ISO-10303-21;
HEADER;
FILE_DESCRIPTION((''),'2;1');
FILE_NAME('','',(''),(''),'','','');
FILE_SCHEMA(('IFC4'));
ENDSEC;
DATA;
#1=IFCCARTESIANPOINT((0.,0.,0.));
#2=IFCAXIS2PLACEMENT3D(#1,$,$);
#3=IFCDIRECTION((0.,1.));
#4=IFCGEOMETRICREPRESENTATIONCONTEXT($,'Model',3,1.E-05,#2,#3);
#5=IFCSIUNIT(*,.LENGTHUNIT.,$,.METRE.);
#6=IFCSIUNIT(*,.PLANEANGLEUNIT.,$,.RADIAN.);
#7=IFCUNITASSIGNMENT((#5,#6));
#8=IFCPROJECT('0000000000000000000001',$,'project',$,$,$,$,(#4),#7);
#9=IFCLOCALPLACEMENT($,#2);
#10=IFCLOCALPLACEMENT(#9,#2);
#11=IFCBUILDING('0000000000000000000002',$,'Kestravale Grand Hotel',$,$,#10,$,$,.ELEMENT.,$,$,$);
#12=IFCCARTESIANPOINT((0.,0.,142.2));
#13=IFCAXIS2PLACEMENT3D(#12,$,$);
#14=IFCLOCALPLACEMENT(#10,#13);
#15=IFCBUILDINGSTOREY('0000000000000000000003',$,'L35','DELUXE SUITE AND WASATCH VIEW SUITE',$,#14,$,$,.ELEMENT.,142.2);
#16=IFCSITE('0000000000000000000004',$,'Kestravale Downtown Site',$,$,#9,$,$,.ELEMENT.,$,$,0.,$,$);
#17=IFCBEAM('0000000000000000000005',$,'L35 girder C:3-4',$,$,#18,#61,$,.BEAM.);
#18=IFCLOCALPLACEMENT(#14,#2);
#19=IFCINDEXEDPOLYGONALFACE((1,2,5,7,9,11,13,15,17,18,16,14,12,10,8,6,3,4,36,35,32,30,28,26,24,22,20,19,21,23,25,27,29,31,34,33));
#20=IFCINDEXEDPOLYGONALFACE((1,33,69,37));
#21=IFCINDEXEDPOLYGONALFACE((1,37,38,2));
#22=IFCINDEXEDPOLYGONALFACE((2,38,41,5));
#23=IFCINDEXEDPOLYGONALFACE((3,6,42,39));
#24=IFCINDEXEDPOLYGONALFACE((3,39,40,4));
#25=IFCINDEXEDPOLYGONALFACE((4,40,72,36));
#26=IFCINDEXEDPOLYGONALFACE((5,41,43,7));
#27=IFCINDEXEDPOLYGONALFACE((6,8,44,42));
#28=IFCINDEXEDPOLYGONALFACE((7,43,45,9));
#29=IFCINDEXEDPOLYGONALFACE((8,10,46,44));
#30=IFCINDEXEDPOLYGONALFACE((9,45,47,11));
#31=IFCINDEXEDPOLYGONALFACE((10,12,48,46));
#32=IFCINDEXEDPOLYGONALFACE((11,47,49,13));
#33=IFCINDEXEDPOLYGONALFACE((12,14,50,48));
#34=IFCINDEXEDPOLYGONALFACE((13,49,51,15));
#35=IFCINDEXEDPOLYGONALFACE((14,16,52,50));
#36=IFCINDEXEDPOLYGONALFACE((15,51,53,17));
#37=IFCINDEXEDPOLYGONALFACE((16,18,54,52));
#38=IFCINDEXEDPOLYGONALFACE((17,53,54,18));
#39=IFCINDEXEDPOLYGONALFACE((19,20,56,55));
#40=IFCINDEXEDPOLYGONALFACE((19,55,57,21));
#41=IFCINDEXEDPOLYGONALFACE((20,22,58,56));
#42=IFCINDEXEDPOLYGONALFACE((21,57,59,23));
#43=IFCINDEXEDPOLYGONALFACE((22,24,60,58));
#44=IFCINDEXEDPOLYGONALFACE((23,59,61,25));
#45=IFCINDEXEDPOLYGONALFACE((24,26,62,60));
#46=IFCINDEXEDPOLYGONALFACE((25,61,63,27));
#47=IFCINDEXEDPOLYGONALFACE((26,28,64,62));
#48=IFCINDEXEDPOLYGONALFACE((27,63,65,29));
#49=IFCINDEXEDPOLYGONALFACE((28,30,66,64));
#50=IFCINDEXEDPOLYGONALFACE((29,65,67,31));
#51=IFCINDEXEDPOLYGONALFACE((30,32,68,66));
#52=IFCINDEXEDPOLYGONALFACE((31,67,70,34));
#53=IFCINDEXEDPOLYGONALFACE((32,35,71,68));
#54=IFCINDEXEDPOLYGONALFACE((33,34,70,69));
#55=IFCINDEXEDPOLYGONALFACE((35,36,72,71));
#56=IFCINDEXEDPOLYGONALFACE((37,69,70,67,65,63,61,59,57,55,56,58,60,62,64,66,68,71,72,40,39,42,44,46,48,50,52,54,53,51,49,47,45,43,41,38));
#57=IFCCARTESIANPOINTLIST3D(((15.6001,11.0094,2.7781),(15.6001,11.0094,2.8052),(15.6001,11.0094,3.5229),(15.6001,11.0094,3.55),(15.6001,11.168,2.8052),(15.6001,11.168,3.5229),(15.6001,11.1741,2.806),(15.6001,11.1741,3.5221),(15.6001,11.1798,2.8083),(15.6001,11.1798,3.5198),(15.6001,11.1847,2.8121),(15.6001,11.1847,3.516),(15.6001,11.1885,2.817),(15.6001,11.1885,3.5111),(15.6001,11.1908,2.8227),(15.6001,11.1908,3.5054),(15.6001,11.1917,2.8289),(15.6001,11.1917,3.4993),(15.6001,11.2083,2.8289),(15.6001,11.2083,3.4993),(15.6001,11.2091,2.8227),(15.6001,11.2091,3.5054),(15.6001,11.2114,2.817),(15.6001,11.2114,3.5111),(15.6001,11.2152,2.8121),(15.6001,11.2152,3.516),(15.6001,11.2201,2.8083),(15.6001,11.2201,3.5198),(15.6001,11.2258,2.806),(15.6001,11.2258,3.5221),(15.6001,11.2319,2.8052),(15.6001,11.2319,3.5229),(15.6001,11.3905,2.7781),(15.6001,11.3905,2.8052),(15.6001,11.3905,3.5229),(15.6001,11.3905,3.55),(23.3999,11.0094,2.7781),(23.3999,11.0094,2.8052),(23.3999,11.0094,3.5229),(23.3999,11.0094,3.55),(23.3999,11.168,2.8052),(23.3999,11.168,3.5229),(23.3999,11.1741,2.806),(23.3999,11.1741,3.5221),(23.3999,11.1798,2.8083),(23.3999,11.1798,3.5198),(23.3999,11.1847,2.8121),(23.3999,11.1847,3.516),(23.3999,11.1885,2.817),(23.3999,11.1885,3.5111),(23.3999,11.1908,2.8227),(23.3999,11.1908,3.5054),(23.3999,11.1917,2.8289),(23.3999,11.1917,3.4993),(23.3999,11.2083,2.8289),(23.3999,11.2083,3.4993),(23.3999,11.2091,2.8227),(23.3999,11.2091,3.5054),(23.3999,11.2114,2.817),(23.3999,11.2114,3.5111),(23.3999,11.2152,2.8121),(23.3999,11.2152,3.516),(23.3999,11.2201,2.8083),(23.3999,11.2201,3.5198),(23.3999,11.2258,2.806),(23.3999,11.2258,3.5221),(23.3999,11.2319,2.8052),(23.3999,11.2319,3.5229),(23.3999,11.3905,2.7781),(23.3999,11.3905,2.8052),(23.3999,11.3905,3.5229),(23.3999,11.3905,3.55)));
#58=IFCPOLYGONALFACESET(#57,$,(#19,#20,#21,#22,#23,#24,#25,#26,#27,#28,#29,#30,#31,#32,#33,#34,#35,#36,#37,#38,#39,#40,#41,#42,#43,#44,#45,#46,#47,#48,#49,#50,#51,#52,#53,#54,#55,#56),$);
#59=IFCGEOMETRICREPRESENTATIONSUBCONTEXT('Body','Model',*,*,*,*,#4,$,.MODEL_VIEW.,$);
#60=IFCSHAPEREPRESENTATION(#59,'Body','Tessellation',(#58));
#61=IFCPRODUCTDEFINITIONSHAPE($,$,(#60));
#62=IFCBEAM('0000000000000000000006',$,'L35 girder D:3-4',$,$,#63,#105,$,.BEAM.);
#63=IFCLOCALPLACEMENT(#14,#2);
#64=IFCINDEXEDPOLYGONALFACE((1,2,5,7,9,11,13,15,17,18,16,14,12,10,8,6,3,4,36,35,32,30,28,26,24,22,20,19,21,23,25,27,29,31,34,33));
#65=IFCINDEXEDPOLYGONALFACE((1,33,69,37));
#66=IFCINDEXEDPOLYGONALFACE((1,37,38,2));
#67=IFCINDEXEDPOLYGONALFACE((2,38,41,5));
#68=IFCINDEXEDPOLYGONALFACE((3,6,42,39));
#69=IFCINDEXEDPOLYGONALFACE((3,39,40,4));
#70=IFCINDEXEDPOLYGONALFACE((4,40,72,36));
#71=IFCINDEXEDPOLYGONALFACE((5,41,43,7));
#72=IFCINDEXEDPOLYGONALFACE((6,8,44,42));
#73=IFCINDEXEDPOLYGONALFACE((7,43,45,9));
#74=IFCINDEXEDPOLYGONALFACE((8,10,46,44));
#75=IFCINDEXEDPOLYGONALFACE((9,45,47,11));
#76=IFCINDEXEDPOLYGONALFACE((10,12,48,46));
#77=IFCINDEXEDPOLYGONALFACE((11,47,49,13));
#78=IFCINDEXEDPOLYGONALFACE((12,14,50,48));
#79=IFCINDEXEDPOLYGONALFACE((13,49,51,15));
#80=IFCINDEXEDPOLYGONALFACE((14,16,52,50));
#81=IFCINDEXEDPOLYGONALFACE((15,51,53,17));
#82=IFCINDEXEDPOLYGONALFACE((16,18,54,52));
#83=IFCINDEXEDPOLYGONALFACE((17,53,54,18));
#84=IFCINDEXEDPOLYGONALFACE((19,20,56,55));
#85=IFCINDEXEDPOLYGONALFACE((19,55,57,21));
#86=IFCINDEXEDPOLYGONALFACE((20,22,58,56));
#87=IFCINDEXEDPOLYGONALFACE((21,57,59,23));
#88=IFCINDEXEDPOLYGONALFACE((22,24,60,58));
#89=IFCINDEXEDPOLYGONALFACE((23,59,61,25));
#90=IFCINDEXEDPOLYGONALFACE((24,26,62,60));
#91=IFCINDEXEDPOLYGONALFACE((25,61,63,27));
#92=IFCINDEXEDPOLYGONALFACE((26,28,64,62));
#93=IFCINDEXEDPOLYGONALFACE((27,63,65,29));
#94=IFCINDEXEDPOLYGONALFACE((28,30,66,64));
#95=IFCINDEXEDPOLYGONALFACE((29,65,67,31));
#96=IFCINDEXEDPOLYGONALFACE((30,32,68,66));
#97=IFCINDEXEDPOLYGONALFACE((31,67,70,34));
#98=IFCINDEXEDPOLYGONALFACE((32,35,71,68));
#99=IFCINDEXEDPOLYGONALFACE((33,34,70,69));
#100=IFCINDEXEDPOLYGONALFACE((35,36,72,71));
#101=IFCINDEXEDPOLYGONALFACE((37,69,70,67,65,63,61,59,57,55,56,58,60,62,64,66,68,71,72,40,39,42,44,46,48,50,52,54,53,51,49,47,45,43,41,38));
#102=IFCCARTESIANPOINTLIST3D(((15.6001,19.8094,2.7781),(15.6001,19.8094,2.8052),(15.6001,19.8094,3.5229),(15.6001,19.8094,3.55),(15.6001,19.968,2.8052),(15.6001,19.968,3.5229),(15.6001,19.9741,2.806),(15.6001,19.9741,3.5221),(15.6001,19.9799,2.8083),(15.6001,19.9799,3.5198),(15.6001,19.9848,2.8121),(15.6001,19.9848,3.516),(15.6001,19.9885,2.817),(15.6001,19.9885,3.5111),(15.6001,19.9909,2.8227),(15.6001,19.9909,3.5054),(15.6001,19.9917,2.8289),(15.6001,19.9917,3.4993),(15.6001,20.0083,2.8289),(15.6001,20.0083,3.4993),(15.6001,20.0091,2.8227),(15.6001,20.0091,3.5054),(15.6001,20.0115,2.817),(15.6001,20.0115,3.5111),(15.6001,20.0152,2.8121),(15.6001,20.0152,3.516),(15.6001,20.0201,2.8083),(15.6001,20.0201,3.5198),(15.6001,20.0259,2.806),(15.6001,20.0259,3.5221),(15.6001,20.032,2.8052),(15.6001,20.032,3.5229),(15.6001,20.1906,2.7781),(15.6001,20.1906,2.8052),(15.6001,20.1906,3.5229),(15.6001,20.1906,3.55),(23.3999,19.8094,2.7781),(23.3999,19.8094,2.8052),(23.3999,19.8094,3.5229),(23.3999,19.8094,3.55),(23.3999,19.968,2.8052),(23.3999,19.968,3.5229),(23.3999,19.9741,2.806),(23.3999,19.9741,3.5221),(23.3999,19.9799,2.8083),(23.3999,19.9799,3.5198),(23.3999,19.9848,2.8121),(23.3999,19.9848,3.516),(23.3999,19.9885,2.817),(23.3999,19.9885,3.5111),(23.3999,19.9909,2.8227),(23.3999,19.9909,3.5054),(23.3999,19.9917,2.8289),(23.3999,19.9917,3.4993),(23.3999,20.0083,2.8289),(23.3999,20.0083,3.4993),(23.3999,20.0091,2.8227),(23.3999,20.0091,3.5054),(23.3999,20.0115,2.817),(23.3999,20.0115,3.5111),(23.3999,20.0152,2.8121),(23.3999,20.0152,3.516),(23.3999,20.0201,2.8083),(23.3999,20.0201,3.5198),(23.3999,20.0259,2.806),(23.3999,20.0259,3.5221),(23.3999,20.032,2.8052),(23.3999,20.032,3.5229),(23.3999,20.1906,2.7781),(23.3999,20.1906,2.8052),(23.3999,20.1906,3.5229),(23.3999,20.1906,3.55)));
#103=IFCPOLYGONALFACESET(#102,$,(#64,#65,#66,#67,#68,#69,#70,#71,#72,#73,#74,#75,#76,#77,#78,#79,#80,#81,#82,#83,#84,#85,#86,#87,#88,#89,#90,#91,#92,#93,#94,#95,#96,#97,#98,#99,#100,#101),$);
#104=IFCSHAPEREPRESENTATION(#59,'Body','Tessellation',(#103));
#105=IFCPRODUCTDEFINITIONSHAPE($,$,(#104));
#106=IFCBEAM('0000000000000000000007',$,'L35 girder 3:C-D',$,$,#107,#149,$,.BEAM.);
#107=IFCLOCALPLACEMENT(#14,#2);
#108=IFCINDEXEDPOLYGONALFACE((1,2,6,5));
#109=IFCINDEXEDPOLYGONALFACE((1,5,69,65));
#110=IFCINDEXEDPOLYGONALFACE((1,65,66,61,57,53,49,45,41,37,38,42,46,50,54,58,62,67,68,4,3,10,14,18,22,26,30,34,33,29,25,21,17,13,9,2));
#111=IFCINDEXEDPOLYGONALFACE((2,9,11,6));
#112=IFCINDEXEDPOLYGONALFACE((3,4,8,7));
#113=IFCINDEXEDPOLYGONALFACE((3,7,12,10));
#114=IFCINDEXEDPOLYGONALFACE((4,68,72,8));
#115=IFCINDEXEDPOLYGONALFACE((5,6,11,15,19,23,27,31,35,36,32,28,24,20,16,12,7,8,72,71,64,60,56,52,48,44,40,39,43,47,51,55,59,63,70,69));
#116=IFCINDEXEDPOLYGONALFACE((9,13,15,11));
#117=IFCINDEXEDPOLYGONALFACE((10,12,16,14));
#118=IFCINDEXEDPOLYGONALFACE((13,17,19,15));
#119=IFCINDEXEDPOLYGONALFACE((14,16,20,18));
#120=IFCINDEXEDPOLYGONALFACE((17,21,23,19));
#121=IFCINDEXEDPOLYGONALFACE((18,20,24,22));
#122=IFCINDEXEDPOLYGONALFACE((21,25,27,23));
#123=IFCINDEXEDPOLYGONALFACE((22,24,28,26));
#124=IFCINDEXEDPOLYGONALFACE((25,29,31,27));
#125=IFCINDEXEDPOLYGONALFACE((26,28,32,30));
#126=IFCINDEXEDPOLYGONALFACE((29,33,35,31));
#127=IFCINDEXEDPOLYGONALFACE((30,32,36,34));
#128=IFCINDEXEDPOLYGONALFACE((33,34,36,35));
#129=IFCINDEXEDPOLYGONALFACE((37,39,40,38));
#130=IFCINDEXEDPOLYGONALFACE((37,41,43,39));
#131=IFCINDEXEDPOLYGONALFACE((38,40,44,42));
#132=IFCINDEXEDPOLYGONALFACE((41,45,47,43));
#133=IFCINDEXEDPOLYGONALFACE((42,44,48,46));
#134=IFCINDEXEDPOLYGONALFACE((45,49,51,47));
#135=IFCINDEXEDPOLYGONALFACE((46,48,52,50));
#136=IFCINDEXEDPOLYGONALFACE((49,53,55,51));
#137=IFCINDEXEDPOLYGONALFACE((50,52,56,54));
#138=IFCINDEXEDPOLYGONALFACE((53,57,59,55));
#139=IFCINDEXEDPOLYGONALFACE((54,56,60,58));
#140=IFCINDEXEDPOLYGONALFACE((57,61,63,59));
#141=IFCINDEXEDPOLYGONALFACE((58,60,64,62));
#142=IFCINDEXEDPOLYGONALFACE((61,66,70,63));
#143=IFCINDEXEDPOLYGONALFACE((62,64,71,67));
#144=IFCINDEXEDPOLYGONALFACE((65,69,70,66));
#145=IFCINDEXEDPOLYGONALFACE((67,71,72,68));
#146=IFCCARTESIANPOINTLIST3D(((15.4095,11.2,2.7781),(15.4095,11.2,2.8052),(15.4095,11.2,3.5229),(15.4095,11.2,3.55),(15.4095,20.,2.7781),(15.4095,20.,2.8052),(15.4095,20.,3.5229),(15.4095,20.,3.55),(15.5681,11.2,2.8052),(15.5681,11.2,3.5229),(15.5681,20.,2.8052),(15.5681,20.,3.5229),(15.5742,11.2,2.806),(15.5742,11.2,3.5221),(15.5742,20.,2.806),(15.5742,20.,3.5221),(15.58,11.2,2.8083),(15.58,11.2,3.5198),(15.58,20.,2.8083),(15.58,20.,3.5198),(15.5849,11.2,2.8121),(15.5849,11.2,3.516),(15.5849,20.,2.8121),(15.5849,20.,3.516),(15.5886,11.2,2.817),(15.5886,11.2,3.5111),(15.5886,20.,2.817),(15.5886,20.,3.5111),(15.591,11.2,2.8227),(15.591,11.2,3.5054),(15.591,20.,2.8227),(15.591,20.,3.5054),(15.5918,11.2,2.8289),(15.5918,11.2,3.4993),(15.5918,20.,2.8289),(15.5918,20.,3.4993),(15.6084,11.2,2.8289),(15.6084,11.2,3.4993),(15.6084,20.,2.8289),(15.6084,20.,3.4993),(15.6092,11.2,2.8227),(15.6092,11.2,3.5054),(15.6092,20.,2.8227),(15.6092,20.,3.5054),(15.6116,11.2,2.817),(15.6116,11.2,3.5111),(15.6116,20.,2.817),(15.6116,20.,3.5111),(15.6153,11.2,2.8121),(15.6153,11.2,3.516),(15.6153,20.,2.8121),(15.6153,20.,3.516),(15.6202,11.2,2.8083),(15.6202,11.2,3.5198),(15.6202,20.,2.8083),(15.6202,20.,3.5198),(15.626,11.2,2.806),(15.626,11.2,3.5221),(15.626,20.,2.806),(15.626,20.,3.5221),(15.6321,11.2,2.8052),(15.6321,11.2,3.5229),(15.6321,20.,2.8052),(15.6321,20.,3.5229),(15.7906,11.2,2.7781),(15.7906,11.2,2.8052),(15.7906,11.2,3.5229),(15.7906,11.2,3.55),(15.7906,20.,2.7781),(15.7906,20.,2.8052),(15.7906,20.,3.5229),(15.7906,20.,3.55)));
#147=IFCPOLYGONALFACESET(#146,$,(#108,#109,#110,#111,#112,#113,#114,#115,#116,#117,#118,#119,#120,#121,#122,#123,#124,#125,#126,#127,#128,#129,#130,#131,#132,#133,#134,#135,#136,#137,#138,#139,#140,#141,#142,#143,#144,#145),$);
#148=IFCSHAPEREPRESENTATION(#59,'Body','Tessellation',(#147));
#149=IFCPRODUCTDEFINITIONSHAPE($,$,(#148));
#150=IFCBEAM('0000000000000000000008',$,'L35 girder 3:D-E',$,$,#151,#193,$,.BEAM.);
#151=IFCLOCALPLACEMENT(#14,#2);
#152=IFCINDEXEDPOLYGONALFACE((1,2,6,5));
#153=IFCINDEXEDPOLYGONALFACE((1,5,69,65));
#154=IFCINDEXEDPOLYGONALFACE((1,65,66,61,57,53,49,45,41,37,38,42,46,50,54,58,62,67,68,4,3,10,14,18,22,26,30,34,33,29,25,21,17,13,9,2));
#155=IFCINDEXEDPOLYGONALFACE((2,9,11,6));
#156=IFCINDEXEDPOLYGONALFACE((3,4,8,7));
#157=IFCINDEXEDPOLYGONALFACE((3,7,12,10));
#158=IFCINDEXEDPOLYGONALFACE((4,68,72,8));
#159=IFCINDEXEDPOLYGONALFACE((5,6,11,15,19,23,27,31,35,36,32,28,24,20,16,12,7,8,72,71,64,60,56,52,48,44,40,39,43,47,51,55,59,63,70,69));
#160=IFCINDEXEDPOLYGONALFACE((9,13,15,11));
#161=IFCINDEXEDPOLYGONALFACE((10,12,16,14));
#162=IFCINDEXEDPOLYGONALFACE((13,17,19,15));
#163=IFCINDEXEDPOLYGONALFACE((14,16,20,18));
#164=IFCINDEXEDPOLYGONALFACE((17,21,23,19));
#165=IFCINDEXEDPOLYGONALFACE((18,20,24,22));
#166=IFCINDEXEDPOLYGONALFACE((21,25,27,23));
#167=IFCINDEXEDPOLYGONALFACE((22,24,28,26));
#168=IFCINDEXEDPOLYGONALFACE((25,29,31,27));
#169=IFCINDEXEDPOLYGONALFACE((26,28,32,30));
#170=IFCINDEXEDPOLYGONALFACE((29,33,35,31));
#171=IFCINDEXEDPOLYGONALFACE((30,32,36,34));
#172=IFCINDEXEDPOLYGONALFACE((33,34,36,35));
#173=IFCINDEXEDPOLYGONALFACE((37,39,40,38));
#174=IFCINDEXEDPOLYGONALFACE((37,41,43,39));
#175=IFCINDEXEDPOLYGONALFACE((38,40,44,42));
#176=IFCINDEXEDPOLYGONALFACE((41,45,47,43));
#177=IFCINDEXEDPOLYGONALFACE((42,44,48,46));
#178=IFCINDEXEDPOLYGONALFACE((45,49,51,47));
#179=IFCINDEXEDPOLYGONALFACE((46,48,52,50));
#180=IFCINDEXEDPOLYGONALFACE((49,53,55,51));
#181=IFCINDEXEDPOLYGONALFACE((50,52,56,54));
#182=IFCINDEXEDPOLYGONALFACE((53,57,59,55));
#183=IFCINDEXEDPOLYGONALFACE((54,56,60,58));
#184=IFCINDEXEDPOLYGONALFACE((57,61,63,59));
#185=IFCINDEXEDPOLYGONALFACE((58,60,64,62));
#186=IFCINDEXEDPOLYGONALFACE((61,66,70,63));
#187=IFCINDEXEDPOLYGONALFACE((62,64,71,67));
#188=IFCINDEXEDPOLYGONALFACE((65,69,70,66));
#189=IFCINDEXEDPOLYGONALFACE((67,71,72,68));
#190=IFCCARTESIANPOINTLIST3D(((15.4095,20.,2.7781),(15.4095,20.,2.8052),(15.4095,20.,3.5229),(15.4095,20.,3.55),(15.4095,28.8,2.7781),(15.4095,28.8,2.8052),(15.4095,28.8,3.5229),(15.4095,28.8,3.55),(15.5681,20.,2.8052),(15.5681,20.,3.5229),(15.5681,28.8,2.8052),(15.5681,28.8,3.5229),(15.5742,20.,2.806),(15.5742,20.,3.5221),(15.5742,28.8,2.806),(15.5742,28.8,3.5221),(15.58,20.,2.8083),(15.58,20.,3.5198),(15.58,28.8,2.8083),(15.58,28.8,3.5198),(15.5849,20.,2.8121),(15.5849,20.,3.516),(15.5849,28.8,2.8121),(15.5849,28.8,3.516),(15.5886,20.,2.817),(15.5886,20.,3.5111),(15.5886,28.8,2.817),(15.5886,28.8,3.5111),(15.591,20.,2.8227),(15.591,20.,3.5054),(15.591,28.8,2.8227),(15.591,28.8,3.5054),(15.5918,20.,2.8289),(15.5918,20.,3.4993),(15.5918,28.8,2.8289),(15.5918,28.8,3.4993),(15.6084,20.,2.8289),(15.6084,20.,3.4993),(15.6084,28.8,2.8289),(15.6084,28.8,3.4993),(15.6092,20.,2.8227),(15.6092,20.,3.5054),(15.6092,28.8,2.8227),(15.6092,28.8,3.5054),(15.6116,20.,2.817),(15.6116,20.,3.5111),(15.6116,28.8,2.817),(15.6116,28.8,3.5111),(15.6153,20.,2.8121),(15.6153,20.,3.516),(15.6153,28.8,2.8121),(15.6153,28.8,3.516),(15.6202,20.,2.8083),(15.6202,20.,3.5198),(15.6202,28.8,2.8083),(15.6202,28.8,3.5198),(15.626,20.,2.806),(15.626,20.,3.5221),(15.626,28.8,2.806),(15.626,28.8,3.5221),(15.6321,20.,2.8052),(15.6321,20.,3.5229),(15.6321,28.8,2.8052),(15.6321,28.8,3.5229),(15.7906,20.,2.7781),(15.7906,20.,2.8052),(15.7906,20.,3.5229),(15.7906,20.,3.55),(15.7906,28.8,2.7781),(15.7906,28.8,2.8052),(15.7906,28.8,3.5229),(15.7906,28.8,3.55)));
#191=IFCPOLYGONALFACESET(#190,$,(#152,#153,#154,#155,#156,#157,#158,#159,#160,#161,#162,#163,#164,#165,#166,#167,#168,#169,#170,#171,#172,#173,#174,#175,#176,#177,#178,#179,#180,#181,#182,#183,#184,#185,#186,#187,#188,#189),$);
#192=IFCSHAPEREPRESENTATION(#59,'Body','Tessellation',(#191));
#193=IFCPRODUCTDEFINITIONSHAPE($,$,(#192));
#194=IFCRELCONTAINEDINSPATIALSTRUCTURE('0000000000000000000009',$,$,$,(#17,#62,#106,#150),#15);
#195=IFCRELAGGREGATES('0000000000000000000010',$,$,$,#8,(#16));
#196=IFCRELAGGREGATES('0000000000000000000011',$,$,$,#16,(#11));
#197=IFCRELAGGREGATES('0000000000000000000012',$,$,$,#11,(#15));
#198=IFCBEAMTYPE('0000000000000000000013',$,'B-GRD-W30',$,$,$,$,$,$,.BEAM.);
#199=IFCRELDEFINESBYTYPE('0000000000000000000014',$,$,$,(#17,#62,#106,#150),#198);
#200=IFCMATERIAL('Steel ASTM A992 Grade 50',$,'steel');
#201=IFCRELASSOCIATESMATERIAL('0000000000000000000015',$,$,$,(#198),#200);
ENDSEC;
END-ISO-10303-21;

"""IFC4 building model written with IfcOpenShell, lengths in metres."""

from ifc_helpers import new_model, si_unit, direction, frame, origin, origin_2d, place, context, subcontext, project, spatial, i_section, extrude, material, material_profile, profile_set, type_object, element, save


model = new_model("IFC4")

# Units and contexts
model_context = context("Model", 3, precision=1e-05, world=origin(), true_north=direction((0.0, 1.0)))
body_context = subcontext(model_context, "Body", "Model", "MODEL_VIEW")
ifc_project = project(units=[si_unit("LENGTHUNIT", "METRE"), si_unit("PLANEANGLEUNIT", "RADIAN")], contexts=[model_context])

# Site, building, storey
site_placement = place(None, origin())
site = spatial("IfcSite", under=ifc_project, at=site_placement, Name="Kestravale Downtown Site", CompositionType="ELEMENT", RefElevation=0.0)
building_placement = place(site_placement, origin())
building = spatial("IfcBuilding", under=site, at=building_placement, Name="Kestravale Grand Hotel", CompositionType="ELEMENT")
storey_placement = place(building_placement, frame((0.0, 0.0, 142.2)))
storey = spatial("IfcBuildingStorey", under=building, at=storey_placement, Name="L35", Description="DELUXE SUITE AND WASATCH VIEW SUITE", CompositionType="ELEMENT", Elevation=142.2)

# Beams
ifc_material_1 = material(Name="Steel ASTM A992 Grade 50", Category="steel")
ifc_material_profile_1 = material_profile(ifc_material_1, i_section(OverallWidth=0.3811, OverallDepth=0.772, WebThickness=0.0166, FlangeThickness=0.0271, FilletRadius=0.0237, at=origin_2d()))
ifc_profile_set_1 = profile_set([ifc_material_profile_1], Name="Steel ASTM A992 Grade 50")
beam_type_1 = type_object("IfcBeamType", Name="B-GRD-W30", PredefinedType="BEAM", material=ifc_profile_set_1)
for number, where, z_axis, x_axis, name in (
    (1, (15.6001, 11.2, 3.1641), (1.0, 0.0, 0.0), (0.0, 1.0, 0.0), "L35 girder C:3-4"),
    (2, (15.6001, 20.0, 3.1641), (1.0, 0.0, 0.0), (0.0, 1.0, 0.0), "L35 girder D:3-4"),
):
    element("IfcBeam", number, at=place(storey_placement, frame(where, z_axis=z_axis, x_axis=x_axis)), inside=storey, type_object=beam_type_1, Name=name, PredefinedType="BEAM", context=body_context, shape_type="SweptSolid", body=[
        extrude(i_section(OverallWidth=0.3811, OverallDepth=0.772, WebThickness=0.0166, FlangeThickness=0.0271, FilletRadius=0.0237, at=origin_2d()), origin(), (0.0, 0.0, 1.0), 7.7998),
    ])
for number, where, z_axis, x_axis, name in (
    (3, (15.6001, 11.2, 3.1641), (0.0, 1.0, 0.0), (-1.0, 0.0, 0.0), "L35 girder 3:C-D"),
    (4, (15.6001, 20.0, 3.1641), (0.0, 1.0, 0.0), (-1.0, 0.0, 0.0), "L35 girder 3:D-E"),
):
    element("IfcBeam", number, at=place(storey_placement, frame(where, z_axis=z_axis, x_axis=x_axis)), inside=storey, type_object=beam_type_1, Name=name, PredefinedType="BEAM", context=body_context, shape_type="SweptSolid", body=[
        extrude(i_section(OverallWidth=0.3811, OverallDepth=0.772, WebThickness=0.0166, FlangeThickness=0.0271, FilletRadius=0.0237, at=origin_2d()), origin(), (0.0, 0.0, 1.0), 8.8),
    ])

save(model, "model.ifc")
